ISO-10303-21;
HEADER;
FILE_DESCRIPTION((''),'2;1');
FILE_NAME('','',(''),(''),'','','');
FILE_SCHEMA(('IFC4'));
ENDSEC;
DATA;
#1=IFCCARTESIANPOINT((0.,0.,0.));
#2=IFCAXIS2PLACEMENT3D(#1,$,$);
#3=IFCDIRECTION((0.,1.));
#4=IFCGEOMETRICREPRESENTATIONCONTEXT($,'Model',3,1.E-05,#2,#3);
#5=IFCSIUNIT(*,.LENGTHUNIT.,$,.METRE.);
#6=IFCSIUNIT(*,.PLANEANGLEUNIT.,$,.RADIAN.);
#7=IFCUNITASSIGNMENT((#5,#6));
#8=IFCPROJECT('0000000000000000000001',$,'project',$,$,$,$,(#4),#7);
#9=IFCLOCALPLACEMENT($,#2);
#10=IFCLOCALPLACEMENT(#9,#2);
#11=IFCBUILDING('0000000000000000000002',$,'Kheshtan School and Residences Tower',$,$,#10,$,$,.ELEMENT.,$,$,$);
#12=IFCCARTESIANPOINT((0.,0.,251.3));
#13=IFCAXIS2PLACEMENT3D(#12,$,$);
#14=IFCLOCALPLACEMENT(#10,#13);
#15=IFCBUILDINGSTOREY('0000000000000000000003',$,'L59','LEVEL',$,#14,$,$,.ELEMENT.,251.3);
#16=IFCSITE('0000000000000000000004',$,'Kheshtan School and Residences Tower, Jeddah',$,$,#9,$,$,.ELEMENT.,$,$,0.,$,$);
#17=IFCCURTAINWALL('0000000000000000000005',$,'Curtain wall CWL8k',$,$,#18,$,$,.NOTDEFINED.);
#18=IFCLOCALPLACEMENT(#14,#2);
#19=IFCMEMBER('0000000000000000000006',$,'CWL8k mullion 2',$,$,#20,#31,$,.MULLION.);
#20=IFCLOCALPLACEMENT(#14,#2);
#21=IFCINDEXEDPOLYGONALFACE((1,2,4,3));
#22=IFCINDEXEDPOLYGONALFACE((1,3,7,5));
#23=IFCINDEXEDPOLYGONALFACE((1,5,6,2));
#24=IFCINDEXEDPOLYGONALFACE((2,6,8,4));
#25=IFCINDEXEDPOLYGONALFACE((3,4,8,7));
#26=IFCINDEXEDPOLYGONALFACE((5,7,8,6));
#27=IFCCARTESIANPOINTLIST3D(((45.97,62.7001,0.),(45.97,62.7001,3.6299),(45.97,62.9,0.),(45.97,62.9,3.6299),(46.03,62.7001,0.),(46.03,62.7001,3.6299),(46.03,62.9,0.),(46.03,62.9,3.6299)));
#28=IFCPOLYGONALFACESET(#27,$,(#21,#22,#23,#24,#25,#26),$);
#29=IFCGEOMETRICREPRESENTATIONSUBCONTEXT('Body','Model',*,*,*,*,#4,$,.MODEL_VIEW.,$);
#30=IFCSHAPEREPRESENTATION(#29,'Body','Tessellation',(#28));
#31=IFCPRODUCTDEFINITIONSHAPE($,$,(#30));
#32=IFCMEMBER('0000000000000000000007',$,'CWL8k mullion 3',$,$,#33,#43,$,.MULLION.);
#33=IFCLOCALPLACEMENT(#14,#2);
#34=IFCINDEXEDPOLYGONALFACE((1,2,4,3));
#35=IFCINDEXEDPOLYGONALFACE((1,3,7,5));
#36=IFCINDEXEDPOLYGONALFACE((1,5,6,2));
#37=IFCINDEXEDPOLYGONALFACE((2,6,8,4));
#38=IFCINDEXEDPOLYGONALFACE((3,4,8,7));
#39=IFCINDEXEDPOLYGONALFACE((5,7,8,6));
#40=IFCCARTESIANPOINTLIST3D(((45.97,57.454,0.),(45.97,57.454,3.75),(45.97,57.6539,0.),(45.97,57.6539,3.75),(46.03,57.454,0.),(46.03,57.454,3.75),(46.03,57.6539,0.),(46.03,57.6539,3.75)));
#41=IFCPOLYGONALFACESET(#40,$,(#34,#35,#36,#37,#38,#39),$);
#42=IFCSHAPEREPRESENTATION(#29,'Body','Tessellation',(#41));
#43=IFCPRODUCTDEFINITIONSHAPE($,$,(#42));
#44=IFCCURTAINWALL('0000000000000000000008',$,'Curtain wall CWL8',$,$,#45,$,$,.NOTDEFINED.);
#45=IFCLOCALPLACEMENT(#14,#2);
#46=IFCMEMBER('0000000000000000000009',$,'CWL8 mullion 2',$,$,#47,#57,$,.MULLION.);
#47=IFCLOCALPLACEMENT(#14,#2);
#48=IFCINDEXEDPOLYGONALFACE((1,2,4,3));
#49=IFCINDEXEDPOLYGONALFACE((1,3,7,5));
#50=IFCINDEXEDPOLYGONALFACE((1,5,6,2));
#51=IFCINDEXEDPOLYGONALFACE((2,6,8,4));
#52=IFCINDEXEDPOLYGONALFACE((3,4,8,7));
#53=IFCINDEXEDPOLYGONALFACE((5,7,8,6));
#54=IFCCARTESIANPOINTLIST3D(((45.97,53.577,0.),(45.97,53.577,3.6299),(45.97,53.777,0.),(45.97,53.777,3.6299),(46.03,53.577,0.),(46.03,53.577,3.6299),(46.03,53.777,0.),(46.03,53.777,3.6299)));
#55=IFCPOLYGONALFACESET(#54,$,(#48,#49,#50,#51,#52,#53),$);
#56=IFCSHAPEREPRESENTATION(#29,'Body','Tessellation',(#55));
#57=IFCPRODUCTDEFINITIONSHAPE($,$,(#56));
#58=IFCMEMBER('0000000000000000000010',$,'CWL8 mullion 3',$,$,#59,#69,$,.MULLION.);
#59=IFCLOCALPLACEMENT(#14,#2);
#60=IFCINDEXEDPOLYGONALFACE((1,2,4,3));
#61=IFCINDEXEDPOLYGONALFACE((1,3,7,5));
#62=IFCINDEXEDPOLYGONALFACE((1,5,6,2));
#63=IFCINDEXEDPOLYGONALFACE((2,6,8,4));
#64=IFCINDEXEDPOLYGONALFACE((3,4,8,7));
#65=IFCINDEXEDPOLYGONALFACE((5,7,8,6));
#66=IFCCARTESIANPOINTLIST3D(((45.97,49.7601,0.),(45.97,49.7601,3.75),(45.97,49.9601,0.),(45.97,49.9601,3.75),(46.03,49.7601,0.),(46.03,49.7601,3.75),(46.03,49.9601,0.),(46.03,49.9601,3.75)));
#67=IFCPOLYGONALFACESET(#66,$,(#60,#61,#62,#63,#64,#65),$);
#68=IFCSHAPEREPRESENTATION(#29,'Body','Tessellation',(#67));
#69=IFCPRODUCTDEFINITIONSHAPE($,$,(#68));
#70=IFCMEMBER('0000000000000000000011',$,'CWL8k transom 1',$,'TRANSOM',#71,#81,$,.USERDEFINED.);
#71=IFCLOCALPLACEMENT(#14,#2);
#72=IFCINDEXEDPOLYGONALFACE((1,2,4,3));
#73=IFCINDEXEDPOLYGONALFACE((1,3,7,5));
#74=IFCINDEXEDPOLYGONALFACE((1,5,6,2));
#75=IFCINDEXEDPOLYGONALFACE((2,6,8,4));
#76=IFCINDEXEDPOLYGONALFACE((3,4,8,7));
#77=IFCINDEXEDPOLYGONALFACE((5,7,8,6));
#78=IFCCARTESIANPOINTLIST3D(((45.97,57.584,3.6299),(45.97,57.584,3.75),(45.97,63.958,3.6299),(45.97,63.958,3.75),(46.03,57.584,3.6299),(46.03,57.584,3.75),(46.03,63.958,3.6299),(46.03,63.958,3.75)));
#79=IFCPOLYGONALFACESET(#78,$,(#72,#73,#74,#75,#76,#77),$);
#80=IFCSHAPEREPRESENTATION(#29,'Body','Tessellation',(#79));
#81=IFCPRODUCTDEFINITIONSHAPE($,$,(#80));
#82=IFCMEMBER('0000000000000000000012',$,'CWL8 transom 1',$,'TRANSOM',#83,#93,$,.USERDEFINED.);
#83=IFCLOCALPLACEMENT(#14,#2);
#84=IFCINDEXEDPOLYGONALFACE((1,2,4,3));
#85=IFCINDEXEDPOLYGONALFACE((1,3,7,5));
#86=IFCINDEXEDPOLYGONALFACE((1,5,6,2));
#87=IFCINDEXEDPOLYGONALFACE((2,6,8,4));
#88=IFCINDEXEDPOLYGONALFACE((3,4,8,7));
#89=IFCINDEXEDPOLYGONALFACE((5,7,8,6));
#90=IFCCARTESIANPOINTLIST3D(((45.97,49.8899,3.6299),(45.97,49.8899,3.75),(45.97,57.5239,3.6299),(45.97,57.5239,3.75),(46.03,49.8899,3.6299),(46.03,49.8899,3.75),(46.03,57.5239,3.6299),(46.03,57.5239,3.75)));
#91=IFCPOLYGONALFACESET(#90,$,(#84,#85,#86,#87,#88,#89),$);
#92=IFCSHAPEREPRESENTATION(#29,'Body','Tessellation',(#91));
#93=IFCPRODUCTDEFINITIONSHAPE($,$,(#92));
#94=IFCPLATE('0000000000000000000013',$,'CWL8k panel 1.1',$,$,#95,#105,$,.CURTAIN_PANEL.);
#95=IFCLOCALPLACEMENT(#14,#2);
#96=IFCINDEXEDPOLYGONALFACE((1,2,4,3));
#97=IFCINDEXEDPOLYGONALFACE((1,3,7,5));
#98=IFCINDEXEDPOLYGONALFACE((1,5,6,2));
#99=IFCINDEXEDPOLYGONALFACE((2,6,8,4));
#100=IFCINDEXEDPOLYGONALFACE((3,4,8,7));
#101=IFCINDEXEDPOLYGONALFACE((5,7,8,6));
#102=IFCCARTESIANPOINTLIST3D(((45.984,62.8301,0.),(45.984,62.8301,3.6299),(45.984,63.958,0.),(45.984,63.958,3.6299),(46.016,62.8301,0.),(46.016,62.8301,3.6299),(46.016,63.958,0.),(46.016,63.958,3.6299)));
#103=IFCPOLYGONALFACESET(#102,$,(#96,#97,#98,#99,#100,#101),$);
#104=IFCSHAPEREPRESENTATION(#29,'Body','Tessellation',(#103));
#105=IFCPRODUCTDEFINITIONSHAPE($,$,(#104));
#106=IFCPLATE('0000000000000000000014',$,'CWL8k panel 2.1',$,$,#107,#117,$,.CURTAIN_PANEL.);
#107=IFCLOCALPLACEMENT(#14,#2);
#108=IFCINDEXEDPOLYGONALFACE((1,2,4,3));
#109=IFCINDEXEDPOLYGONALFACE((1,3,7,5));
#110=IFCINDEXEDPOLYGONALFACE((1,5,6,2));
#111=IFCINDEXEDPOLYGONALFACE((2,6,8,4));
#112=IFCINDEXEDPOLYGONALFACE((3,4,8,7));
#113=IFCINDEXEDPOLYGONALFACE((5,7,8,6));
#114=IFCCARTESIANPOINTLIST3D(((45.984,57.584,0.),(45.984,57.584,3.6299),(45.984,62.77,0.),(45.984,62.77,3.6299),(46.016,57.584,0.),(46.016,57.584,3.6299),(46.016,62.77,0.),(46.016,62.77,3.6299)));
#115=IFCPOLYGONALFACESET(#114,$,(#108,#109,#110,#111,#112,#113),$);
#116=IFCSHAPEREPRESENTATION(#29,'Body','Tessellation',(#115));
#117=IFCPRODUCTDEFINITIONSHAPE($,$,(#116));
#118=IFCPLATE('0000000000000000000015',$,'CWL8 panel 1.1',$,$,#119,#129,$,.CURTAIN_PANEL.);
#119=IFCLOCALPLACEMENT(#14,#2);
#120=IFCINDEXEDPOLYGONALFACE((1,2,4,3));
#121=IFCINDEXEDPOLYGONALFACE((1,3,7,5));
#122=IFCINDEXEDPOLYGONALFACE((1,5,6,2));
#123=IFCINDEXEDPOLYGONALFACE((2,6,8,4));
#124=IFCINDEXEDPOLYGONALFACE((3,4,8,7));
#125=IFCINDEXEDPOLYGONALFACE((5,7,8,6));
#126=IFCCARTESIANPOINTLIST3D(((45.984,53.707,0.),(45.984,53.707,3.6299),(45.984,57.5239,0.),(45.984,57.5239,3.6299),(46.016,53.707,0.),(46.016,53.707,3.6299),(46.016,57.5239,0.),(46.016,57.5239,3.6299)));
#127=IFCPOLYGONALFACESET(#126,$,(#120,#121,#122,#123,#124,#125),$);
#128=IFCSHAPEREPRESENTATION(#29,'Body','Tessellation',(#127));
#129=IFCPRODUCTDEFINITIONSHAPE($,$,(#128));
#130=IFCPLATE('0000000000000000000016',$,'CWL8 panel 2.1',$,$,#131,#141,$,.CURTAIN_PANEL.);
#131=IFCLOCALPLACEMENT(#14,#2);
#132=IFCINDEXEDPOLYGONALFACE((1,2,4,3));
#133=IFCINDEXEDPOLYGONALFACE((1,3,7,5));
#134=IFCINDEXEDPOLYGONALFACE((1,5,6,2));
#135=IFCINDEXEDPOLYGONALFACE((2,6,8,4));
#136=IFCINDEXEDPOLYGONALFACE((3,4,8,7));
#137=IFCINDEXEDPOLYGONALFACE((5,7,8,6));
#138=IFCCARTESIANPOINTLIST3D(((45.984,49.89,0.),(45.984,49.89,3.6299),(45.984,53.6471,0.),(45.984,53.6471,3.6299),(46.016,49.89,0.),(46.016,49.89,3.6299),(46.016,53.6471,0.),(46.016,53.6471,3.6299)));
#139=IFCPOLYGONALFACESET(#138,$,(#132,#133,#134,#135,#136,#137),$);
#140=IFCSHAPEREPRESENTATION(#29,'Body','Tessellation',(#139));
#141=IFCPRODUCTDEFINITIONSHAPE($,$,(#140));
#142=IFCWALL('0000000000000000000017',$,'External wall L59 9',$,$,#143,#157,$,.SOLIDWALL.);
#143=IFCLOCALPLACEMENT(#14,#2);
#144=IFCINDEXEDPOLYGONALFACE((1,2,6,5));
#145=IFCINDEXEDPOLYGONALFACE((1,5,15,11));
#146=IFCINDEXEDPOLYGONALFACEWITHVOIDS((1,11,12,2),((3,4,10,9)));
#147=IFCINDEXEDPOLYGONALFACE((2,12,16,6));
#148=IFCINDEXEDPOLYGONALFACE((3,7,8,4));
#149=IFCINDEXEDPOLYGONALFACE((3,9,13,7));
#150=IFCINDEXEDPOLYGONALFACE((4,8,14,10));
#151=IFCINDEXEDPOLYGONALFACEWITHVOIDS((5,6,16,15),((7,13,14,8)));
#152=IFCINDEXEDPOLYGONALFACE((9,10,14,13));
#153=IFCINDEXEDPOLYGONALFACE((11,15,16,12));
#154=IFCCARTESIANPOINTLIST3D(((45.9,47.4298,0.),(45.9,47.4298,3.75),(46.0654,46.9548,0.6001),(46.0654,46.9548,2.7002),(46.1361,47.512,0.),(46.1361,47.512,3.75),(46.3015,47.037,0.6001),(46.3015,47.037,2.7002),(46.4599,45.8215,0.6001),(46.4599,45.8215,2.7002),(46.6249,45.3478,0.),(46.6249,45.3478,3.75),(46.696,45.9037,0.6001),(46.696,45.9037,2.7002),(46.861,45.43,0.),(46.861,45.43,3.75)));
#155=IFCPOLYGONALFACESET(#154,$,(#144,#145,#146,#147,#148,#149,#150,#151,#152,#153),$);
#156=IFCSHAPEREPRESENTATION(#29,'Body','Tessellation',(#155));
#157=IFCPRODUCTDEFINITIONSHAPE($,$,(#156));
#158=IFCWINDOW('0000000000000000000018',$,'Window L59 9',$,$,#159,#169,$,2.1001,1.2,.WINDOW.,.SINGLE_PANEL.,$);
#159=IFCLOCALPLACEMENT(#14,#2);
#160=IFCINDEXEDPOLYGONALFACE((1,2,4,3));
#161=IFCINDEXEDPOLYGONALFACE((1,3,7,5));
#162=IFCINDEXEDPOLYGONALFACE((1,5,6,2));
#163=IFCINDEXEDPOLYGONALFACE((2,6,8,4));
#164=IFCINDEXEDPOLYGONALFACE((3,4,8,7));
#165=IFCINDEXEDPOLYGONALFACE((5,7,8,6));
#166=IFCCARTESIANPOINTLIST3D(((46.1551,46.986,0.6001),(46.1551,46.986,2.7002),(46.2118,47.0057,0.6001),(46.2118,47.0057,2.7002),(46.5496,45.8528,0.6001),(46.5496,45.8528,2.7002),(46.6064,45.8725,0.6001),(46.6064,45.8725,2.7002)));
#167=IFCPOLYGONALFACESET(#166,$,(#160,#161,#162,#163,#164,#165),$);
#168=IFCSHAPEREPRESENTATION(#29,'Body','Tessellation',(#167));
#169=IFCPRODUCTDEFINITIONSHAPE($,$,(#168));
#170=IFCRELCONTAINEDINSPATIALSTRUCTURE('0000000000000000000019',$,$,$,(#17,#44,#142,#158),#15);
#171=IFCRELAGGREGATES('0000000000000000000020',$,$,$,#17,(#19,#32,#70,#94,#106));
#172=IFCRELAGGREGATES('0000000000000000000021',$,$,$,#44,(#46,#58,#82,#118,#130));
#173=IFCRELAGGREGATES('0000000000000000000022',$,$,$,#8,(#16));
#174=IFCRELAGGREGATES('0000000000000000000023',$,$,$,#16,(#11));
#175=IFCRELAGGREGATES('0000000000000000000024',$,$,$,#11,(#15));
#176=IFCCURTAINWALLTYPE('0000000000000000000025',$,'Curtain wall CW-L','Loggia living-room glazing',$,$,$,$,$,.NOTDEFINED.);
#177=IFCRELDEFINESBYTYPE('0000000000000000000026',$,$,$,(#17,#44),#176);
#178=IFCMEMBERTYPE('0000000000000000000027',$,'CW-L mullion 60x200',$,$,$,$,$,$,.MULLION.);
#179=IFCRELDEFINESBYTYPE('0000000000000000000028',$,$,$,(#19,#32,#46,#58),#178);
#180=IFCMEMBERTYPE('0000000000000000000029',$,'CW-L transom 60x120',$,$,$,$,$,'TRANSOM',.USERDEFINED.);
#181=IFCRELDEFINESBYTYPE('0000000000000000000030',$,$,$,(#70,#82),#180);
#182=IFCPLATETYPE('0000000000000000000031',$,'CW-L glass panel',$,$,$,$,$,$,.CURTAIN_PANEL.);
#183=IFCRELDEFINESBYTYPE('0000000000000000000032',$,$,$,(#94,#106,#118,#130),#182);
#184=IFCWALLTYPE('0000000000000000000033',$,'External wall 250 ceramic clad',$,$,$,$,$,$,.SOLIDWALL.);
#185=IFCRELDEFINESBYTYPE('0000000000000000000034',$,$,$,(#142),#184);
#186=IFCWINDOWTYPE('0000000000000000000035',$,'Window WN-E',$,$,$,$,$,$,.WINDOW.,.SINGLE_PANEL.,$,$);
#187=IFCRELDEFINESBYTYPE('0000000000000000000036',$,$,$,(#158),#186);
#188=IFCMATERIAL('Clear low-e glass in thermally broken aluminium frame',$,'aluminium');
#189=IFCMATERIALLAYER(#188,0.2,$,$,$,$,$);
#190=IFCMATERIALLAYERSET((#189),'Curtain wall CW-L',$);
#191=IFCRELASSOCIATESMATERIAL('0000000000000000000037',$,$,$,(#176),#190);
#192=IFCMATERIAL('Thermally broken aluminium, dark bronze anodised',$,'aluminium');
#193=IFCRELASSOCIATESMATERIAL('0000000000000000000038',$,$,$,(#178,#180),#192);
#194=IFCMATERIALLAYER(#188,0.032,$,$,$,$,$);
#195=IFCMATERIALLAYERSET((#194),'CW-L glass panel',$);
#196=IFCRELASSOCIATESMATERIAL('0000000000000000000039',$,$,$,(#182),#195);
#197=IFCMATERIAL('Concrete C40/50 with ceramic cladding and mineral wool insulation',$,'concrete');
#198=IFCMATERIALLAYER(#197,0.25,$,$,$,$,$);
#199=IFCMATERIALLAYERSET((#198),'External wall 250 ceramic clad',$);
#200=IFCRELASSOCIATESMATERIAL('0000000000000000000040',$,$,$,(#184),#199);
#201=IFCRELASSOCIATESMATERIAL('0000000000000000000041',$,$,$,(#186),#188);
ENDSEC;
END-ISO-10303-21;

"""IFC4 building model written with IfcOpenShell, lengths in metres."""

from ifc_helpers import new_model, si_unit, direction, frame, frame_2d, origin, origin_2d, place, context, subcontext, project, spatial, rectangle, extrude, source, transform, mapped, material, layer, layer_set, material_profile, profile_set, type_object, element, fill, aggregate, save


model = new_model("IFC4")

# Units and contexts
model_context = context("Model", 3, precision=1e-05, world=origin(), true_north=direction((0.0, 1.0)))
body_context = subcontext(model_context, "Body", "Model", "MODEL_VIEW")
ifc_project = project(units=[si_unit("LENGTHUNIT", "METRE"), si_unit("PLANEANGLEUNIT", "RADIAN")], contexts=[model_context])

# Site, building, storey
site_placement = place(None, origin())
site = spatial("IfcSite", under=ifc_project, at=site_placement, Name="Kheshtan School and Residences Tower, Jeddah", CompositionType="ELEMENT", RefElevation=0.0)
building_placement = place(site_placement, origin())
building = spatial("IfcBuilding", under=site, at=building_placement, Name="Kheshtan School and Residences Tower", CompositionType="ELEMENT")
storey_placement = place(building_placement, frame((0.0, 0.0, 251.3)))
storey = spatial("IfcBuildingStorey", under=building, at=storey_placement, Name="L59", Description="LEVEL", CompositionType="ELEMENT", Elevation=251.3)

# Curtain walls, members
ifc_material_1 = material(Name="Clear low-e glass in thermally broken aluminium frame", Category="aluminium")
ifc_layer_1 = layer(ifc_material_1, 0.2)
ifc_layer_set_1 = layer_set([ifc_layer_1], Name="Curtain wall CW-L")
curtain_wall_type = type_object("IfcCurtainWallType", Name="Curtain wall CW-L", Description="Loggia living-room glazing", PredefinedType="NOTDEFINED", material=ifc_layer_set_1)
curtain_wall_1_placement = place(storey_placement, origin())
curtain_wall_1 = element("IfcCurtainWall", 1, at=curtain_wall_1_placement, inside=storey, type_object=curtain_wall_type, Name="Curtain wall CWL8k", PredefinedType="NOTDEFINED")
ifc_material_2 = material(Name="Thermally broken aluminium, dark bronze anodised", Category="aluminium")
ifc_material_profile_1 = material_profile(ifc_material_2, rectangle(XDim=0.0601, YDim=0.2, at=origin_2d()), Name="CW-L mullion 60x200")
ifc_profile_set_1 = profile_set([ifc_material_profile_1], Name="Thermally broken aluminium, dark bronze anodised")
member_type_1 = type_object("IfcMemberType", Name="CW-L mullion 60x200", PredefinedType="MULLION", material=ifc_profile_set_1)
member_1_placement = place(storey_placement, frame((46.0, 62.8, 0.0), z_axis=(0.0, 0.0, 1.0), x_axis=(1.0, 0.0, 0.0)))
member_1 = element("IfcMember", 2, at=member_1_placement, type_object=member_type_1, Name="CWL8k mullion 2", PredefinedType="MULLION", context=body_context, shape_type="SweptSolid", body=[
    extrude(rectangle(XDim=0.0601, YDim=0.2, at=origin_2d()), origin(), (0.0, 0.0, 1.0), 3.6299),
])
member_2_placement = place(storey_placement, frame((46.0, 57.554, 0.0), z_axis=(0.0, 0.0, 1.0), x_axis=(1.0, 0.0, 0.0)))
member_2 = element("IfcMember", 3, at=member_2_placement, type_object=member_type_1, Name="CWL8k mullion 3", PredefinedType="MULLION", context=body_context, shape_type="SweptSolid", body=[
    extrude(rectangle(XDim=0.0601, YDim=0.2, at=origin_2d()), origin(), (0.0, 0.0, 1.0), 3.75),
])
curtain_wall_2_placement = place(storey_placement, origin())
curtain_wall_2 = element("IfcCurtainWall", 4, at=curtain_wall_2_placement, inside=storey, type_object=curtain_wall_type, Name="Curtain wall CWL8", PredefinedType="NOTDEFINED")
member_3_placement = place(storey_placement, frame((46.0, 53.677, 0.0), z_axis=(0.0, 0.0, 1.0), x_axis=(1.0, 0.0, 0.0)))
member_3 = element("IfcMember", 5, at=member_3_placement, type_object=member_type_1, Name="CWL8 mullion 2", PredefinedType="MULLION", context=body_context, shape_type="SweptSolid", body=[
    extrude(rectangle(XDim=0.0601, YDim=0.2, at=origin_2d()), origin(), (0.0, 0.0, 1.0), 3.6299),
])
member_4_placement = place(storey_placement, frame((46.0, 49.8601, 0.0), z_axis=(0.0, 0.0, 1.0), x_axis=(1.0, 0.0, 0.0)))
member_4 = element("IfcMember", 6, at=member_4_placement, type_object=member_type_1, Name="CWL8 mullion 3", PredefinedType="MULLION", context=body_context, shape_type="SweptSolid", body=[
    extrude(rectangle(XDim=0.0601, YDim=0.2, at=origin_2d()), origin(), (0.0, 0.0, 1.0), 3.75),
])

# Members
ifc_material_profile_2 = material_profile(ifc_material_2, rectangle(XDim=0.0601, YDim=0.1201, at=origin_2d()), Name="CW-L transom 60x120")
ifc_profile_set_2 = profile_set([ifc_material_profile_2], Name="Thermally broken aluminium, dark bronze anodised")
member_type_2 = type_object("IfcMemberType", Name="CW-L transom 60x120", ElementType="TRANSOM", PredefinedType="USERDEFINED", material=ifc_profile_set_2)
member_5_placement = place(storey_placement, frame((46.0, 63.958, 3.6899), z_axis=(0.0, -1.0, 0.0), x_axis=(1.0, 0.0, 0.0)))
member_5 = element("IfcMember", 7, at=member_5_placement, type_object=member_type_2, Name="CWL8k transom 1", ObjectType="TRANSOM", PredefinedType="USERDEFINED", context=body_context, shape_type="SweptSolid", body=[
    extrude(rectangle(XDim=0.0601, YDim=0.1201, at=origin_2d()), origin(), (0.0, 0.0, 1.0), 6.374),
])
member_6_placement = place(storey_placement, frame((46.0, 57.5239, 3.6899), z_axis=(0.0, -1.0, 0.0), x_axis=(1.0, 0.0, 0.0)))
member_6 = element("IfcMember", 8, at=member_6_placement, type_object=member_type_2, Name="CWL8 transom 1", ObjectType="TRANSOM", PredefinedType="USERDEFINED", context=body_context, shape_type="SweptSolid", body=[
    extrude(rectangle(XDim=0.0601, YDim=0.1201, at=origin_2d()), origin(), (0.0, 0.0, 1.0), 7.634),
])

# Plates
ifc_layer_2 = layer(ifc_material_1, 0.032)
ifc_layer_set_2 = layer_set([ifc_layer_2], Name="CW-L glass panel")
plate_type = type_object("IfcPlateType", Name="CW-L glass panel", PredefinedType="CURTAIN_PANEL", material=ifc_layer_set_2)
plate_1_placement = place(storey_placement, frame((46.0, 63.394, 0.0), z_axis=(0.0, 0.0, 1.0), x_axis=(0.0, -1.0, 0.0)))
plate_1 = element("IfcPlate", 9, at=plate_1_placement, type_object=plate_type, Name="CWL8k panel 1.1", PredefinedType="CURTAIN_PANEL", context=body_context, shape_type="SweptSolid", body=[
    extrude(rectangle(XDim=1.1279, YDim=0.032, at=origin_2d()), origin(), (0.0, 0.0, 1.0), 3.6299),
])
plate_2_placement = place(storey_placement, frame((46.0, 60.177, 0.0), z_axis=(0.0, 0.0, 1.0), x_axis=(0.0, -1.0, 0.0)))
plate_2 = element("IfcPlate", 10, at=plate_2_placement, type_object=plate_type, Name="CWL8k panel 2.1", PredefinedType="CURTAIN_PANEL", context=body_context, shape_type="SweptSolid", body=[
    extrude(rectangle(XDim=5.186, YDim=0.032, at=origin_2d()), origin(), (0.0, 0.0, 1.0), 3.6299),
])
aggregate(curtain_wall_1, [member_1, member_2, member_5, plate_1, plate_2])
plate_3_placement = place(storey_placement, frame((46.0, 55.6155, 0.0), z_axis=(0.0, 0.0, 1.0), x_axis=(0.0, -1.0, 0.0)))
plate_3 = element("IfcPlate", 11, at=plate_3_placement, type_object=plate_type, Name="CWL8 panel 1.1", PredefinedType="CURTAIN_PANEL", context=body_context, shape_type="SweptSolid", body=[
    extrude(rectangle(XDim=3.8169, YDim=0.032, at=origin_2d()), origin(), (0.0, 0.0, 1.0), 3.6299),
])
plate_4_placement = place(storey_placement, frame((46.0, 51.7686, 0.0), z_axis=(0.0, 0.0, 1.0), x_axis=(0.0, -1.0, 0.0)))
plate_4 = element("IfcPlate", 12, at=plate_4_placement, type_object=plate_type, Name="CWL8 panel 2.1", PredefinedType="CURTAIN_PANEL", context=body_context, shape_type="SweptSolid", body=[
    extrude(rectangle(XDim=3.7571, YDim=0.032, at=origin_2d()), origin(), (0.0, 0.0, 1.0), 3.6299),
])
aggregate(curtain_wall_2, [member_3, member_4, member_6, plate_3, plate_4])

# Wall, opening, window
ifc_material_3 = material(Name="Concrete C40/50 with ceramic cladding and mineral wool insulation", Category="concrete")
ifc_layer_3 = layer(ifc_material_3, 0.25)
ifc_layer_set_3 = layer_set([ifc_layer_3], Name="External wall 250 ceramic clad")
wall_type_1 = type_object("IfcWallType", Name="External wall 250 ceramic clad", PredefinedType="SOLIDWALL", material=ifc_layer_set_3)
wall_1_placement = place(storey_placement, frame((46.0181, 47.4709, 0.0), z_axis=(0.0, 0.0, 1.0), x_axis=(0.328791, -0.944403, 0.0)))
wall_1 = element("IfcWall", 13, at=wall_1_placement, inside=storey, type_object=wall_type_1, Name="External wall L59 9", PredefinedType="SOLIDWALL", context=body_context, shape_type="SweptSolid", body=[
    extrude(rectangle(XDim=2.2046, YDim=0.25, at=frame_2d((1.1023, 0.0))), origin(), (0.0, 0.0, 1.0), 3.75),
])
opening_1_placement = place(wall_1_placement, frame((0.5029, 0.0, 0.6001)))
opening_1 = element("IfcOpeningElement", 14, at=opening_1_placement, cuts=wall_1, PredefinedType="OPENING", context=body_context, shape_type="SweptSolid", body=[
    extrude(rectangle(XDim=1.2, YDim=2.1001, at=frame_2d((0.6001, 1.05))), frame((0.0, 0.135, 0.0), z_axis=(0.0, -1.0, 0.0), x_axis=(1.0, 0.0, 0.0)), (0.0, 0.0, 1.0), 0.27),
])
window_type = type_object("IfcWindowType", Name="Window WN-E", PartitioningType="SINGLE_PANEL", PredefinedType="WINDOW", material=ifc_material_1)
shared_shape_1 = source(origin(), body_context, "Body", "SweptSolid", [
    extrude(rectangle(XDim=1.2, YDim=2.1001, at=frame_2d((0.6001, 1.05))), frame((0.0, 0.03, 0.0), z_axis=(0.0, -1.0, 0.0), x_axis=(1.0, 0.0, 0.0)), (0.0, 0.0, 1.0), 0.0601),
])
window_1_placement = place(opening_1_placement, origin())
window_1 = element("IfcWindow", 15, at=window_1_placement, inside=storey, type_object=window_type, Name="Window L59 9", OverallHeight=2.1001, OverallWidth=1.2, PartitioningType="SINGLE_PANEL", PredefinedType="WINDOW", context=body_context, shape_type="MappedRepresentation", body=[
    mapped(shared_shape_1, transform((0.0, 0.0, 0.0), x_axis=(1.0, 0.0, 0.0), y_axis=(0.0, 1.0, 0.0), z_axis=(0.0, 0.0, 1.0), scale=1.0)),
])
fill(opening_1, window_1)

save(model, "model.ifc")
